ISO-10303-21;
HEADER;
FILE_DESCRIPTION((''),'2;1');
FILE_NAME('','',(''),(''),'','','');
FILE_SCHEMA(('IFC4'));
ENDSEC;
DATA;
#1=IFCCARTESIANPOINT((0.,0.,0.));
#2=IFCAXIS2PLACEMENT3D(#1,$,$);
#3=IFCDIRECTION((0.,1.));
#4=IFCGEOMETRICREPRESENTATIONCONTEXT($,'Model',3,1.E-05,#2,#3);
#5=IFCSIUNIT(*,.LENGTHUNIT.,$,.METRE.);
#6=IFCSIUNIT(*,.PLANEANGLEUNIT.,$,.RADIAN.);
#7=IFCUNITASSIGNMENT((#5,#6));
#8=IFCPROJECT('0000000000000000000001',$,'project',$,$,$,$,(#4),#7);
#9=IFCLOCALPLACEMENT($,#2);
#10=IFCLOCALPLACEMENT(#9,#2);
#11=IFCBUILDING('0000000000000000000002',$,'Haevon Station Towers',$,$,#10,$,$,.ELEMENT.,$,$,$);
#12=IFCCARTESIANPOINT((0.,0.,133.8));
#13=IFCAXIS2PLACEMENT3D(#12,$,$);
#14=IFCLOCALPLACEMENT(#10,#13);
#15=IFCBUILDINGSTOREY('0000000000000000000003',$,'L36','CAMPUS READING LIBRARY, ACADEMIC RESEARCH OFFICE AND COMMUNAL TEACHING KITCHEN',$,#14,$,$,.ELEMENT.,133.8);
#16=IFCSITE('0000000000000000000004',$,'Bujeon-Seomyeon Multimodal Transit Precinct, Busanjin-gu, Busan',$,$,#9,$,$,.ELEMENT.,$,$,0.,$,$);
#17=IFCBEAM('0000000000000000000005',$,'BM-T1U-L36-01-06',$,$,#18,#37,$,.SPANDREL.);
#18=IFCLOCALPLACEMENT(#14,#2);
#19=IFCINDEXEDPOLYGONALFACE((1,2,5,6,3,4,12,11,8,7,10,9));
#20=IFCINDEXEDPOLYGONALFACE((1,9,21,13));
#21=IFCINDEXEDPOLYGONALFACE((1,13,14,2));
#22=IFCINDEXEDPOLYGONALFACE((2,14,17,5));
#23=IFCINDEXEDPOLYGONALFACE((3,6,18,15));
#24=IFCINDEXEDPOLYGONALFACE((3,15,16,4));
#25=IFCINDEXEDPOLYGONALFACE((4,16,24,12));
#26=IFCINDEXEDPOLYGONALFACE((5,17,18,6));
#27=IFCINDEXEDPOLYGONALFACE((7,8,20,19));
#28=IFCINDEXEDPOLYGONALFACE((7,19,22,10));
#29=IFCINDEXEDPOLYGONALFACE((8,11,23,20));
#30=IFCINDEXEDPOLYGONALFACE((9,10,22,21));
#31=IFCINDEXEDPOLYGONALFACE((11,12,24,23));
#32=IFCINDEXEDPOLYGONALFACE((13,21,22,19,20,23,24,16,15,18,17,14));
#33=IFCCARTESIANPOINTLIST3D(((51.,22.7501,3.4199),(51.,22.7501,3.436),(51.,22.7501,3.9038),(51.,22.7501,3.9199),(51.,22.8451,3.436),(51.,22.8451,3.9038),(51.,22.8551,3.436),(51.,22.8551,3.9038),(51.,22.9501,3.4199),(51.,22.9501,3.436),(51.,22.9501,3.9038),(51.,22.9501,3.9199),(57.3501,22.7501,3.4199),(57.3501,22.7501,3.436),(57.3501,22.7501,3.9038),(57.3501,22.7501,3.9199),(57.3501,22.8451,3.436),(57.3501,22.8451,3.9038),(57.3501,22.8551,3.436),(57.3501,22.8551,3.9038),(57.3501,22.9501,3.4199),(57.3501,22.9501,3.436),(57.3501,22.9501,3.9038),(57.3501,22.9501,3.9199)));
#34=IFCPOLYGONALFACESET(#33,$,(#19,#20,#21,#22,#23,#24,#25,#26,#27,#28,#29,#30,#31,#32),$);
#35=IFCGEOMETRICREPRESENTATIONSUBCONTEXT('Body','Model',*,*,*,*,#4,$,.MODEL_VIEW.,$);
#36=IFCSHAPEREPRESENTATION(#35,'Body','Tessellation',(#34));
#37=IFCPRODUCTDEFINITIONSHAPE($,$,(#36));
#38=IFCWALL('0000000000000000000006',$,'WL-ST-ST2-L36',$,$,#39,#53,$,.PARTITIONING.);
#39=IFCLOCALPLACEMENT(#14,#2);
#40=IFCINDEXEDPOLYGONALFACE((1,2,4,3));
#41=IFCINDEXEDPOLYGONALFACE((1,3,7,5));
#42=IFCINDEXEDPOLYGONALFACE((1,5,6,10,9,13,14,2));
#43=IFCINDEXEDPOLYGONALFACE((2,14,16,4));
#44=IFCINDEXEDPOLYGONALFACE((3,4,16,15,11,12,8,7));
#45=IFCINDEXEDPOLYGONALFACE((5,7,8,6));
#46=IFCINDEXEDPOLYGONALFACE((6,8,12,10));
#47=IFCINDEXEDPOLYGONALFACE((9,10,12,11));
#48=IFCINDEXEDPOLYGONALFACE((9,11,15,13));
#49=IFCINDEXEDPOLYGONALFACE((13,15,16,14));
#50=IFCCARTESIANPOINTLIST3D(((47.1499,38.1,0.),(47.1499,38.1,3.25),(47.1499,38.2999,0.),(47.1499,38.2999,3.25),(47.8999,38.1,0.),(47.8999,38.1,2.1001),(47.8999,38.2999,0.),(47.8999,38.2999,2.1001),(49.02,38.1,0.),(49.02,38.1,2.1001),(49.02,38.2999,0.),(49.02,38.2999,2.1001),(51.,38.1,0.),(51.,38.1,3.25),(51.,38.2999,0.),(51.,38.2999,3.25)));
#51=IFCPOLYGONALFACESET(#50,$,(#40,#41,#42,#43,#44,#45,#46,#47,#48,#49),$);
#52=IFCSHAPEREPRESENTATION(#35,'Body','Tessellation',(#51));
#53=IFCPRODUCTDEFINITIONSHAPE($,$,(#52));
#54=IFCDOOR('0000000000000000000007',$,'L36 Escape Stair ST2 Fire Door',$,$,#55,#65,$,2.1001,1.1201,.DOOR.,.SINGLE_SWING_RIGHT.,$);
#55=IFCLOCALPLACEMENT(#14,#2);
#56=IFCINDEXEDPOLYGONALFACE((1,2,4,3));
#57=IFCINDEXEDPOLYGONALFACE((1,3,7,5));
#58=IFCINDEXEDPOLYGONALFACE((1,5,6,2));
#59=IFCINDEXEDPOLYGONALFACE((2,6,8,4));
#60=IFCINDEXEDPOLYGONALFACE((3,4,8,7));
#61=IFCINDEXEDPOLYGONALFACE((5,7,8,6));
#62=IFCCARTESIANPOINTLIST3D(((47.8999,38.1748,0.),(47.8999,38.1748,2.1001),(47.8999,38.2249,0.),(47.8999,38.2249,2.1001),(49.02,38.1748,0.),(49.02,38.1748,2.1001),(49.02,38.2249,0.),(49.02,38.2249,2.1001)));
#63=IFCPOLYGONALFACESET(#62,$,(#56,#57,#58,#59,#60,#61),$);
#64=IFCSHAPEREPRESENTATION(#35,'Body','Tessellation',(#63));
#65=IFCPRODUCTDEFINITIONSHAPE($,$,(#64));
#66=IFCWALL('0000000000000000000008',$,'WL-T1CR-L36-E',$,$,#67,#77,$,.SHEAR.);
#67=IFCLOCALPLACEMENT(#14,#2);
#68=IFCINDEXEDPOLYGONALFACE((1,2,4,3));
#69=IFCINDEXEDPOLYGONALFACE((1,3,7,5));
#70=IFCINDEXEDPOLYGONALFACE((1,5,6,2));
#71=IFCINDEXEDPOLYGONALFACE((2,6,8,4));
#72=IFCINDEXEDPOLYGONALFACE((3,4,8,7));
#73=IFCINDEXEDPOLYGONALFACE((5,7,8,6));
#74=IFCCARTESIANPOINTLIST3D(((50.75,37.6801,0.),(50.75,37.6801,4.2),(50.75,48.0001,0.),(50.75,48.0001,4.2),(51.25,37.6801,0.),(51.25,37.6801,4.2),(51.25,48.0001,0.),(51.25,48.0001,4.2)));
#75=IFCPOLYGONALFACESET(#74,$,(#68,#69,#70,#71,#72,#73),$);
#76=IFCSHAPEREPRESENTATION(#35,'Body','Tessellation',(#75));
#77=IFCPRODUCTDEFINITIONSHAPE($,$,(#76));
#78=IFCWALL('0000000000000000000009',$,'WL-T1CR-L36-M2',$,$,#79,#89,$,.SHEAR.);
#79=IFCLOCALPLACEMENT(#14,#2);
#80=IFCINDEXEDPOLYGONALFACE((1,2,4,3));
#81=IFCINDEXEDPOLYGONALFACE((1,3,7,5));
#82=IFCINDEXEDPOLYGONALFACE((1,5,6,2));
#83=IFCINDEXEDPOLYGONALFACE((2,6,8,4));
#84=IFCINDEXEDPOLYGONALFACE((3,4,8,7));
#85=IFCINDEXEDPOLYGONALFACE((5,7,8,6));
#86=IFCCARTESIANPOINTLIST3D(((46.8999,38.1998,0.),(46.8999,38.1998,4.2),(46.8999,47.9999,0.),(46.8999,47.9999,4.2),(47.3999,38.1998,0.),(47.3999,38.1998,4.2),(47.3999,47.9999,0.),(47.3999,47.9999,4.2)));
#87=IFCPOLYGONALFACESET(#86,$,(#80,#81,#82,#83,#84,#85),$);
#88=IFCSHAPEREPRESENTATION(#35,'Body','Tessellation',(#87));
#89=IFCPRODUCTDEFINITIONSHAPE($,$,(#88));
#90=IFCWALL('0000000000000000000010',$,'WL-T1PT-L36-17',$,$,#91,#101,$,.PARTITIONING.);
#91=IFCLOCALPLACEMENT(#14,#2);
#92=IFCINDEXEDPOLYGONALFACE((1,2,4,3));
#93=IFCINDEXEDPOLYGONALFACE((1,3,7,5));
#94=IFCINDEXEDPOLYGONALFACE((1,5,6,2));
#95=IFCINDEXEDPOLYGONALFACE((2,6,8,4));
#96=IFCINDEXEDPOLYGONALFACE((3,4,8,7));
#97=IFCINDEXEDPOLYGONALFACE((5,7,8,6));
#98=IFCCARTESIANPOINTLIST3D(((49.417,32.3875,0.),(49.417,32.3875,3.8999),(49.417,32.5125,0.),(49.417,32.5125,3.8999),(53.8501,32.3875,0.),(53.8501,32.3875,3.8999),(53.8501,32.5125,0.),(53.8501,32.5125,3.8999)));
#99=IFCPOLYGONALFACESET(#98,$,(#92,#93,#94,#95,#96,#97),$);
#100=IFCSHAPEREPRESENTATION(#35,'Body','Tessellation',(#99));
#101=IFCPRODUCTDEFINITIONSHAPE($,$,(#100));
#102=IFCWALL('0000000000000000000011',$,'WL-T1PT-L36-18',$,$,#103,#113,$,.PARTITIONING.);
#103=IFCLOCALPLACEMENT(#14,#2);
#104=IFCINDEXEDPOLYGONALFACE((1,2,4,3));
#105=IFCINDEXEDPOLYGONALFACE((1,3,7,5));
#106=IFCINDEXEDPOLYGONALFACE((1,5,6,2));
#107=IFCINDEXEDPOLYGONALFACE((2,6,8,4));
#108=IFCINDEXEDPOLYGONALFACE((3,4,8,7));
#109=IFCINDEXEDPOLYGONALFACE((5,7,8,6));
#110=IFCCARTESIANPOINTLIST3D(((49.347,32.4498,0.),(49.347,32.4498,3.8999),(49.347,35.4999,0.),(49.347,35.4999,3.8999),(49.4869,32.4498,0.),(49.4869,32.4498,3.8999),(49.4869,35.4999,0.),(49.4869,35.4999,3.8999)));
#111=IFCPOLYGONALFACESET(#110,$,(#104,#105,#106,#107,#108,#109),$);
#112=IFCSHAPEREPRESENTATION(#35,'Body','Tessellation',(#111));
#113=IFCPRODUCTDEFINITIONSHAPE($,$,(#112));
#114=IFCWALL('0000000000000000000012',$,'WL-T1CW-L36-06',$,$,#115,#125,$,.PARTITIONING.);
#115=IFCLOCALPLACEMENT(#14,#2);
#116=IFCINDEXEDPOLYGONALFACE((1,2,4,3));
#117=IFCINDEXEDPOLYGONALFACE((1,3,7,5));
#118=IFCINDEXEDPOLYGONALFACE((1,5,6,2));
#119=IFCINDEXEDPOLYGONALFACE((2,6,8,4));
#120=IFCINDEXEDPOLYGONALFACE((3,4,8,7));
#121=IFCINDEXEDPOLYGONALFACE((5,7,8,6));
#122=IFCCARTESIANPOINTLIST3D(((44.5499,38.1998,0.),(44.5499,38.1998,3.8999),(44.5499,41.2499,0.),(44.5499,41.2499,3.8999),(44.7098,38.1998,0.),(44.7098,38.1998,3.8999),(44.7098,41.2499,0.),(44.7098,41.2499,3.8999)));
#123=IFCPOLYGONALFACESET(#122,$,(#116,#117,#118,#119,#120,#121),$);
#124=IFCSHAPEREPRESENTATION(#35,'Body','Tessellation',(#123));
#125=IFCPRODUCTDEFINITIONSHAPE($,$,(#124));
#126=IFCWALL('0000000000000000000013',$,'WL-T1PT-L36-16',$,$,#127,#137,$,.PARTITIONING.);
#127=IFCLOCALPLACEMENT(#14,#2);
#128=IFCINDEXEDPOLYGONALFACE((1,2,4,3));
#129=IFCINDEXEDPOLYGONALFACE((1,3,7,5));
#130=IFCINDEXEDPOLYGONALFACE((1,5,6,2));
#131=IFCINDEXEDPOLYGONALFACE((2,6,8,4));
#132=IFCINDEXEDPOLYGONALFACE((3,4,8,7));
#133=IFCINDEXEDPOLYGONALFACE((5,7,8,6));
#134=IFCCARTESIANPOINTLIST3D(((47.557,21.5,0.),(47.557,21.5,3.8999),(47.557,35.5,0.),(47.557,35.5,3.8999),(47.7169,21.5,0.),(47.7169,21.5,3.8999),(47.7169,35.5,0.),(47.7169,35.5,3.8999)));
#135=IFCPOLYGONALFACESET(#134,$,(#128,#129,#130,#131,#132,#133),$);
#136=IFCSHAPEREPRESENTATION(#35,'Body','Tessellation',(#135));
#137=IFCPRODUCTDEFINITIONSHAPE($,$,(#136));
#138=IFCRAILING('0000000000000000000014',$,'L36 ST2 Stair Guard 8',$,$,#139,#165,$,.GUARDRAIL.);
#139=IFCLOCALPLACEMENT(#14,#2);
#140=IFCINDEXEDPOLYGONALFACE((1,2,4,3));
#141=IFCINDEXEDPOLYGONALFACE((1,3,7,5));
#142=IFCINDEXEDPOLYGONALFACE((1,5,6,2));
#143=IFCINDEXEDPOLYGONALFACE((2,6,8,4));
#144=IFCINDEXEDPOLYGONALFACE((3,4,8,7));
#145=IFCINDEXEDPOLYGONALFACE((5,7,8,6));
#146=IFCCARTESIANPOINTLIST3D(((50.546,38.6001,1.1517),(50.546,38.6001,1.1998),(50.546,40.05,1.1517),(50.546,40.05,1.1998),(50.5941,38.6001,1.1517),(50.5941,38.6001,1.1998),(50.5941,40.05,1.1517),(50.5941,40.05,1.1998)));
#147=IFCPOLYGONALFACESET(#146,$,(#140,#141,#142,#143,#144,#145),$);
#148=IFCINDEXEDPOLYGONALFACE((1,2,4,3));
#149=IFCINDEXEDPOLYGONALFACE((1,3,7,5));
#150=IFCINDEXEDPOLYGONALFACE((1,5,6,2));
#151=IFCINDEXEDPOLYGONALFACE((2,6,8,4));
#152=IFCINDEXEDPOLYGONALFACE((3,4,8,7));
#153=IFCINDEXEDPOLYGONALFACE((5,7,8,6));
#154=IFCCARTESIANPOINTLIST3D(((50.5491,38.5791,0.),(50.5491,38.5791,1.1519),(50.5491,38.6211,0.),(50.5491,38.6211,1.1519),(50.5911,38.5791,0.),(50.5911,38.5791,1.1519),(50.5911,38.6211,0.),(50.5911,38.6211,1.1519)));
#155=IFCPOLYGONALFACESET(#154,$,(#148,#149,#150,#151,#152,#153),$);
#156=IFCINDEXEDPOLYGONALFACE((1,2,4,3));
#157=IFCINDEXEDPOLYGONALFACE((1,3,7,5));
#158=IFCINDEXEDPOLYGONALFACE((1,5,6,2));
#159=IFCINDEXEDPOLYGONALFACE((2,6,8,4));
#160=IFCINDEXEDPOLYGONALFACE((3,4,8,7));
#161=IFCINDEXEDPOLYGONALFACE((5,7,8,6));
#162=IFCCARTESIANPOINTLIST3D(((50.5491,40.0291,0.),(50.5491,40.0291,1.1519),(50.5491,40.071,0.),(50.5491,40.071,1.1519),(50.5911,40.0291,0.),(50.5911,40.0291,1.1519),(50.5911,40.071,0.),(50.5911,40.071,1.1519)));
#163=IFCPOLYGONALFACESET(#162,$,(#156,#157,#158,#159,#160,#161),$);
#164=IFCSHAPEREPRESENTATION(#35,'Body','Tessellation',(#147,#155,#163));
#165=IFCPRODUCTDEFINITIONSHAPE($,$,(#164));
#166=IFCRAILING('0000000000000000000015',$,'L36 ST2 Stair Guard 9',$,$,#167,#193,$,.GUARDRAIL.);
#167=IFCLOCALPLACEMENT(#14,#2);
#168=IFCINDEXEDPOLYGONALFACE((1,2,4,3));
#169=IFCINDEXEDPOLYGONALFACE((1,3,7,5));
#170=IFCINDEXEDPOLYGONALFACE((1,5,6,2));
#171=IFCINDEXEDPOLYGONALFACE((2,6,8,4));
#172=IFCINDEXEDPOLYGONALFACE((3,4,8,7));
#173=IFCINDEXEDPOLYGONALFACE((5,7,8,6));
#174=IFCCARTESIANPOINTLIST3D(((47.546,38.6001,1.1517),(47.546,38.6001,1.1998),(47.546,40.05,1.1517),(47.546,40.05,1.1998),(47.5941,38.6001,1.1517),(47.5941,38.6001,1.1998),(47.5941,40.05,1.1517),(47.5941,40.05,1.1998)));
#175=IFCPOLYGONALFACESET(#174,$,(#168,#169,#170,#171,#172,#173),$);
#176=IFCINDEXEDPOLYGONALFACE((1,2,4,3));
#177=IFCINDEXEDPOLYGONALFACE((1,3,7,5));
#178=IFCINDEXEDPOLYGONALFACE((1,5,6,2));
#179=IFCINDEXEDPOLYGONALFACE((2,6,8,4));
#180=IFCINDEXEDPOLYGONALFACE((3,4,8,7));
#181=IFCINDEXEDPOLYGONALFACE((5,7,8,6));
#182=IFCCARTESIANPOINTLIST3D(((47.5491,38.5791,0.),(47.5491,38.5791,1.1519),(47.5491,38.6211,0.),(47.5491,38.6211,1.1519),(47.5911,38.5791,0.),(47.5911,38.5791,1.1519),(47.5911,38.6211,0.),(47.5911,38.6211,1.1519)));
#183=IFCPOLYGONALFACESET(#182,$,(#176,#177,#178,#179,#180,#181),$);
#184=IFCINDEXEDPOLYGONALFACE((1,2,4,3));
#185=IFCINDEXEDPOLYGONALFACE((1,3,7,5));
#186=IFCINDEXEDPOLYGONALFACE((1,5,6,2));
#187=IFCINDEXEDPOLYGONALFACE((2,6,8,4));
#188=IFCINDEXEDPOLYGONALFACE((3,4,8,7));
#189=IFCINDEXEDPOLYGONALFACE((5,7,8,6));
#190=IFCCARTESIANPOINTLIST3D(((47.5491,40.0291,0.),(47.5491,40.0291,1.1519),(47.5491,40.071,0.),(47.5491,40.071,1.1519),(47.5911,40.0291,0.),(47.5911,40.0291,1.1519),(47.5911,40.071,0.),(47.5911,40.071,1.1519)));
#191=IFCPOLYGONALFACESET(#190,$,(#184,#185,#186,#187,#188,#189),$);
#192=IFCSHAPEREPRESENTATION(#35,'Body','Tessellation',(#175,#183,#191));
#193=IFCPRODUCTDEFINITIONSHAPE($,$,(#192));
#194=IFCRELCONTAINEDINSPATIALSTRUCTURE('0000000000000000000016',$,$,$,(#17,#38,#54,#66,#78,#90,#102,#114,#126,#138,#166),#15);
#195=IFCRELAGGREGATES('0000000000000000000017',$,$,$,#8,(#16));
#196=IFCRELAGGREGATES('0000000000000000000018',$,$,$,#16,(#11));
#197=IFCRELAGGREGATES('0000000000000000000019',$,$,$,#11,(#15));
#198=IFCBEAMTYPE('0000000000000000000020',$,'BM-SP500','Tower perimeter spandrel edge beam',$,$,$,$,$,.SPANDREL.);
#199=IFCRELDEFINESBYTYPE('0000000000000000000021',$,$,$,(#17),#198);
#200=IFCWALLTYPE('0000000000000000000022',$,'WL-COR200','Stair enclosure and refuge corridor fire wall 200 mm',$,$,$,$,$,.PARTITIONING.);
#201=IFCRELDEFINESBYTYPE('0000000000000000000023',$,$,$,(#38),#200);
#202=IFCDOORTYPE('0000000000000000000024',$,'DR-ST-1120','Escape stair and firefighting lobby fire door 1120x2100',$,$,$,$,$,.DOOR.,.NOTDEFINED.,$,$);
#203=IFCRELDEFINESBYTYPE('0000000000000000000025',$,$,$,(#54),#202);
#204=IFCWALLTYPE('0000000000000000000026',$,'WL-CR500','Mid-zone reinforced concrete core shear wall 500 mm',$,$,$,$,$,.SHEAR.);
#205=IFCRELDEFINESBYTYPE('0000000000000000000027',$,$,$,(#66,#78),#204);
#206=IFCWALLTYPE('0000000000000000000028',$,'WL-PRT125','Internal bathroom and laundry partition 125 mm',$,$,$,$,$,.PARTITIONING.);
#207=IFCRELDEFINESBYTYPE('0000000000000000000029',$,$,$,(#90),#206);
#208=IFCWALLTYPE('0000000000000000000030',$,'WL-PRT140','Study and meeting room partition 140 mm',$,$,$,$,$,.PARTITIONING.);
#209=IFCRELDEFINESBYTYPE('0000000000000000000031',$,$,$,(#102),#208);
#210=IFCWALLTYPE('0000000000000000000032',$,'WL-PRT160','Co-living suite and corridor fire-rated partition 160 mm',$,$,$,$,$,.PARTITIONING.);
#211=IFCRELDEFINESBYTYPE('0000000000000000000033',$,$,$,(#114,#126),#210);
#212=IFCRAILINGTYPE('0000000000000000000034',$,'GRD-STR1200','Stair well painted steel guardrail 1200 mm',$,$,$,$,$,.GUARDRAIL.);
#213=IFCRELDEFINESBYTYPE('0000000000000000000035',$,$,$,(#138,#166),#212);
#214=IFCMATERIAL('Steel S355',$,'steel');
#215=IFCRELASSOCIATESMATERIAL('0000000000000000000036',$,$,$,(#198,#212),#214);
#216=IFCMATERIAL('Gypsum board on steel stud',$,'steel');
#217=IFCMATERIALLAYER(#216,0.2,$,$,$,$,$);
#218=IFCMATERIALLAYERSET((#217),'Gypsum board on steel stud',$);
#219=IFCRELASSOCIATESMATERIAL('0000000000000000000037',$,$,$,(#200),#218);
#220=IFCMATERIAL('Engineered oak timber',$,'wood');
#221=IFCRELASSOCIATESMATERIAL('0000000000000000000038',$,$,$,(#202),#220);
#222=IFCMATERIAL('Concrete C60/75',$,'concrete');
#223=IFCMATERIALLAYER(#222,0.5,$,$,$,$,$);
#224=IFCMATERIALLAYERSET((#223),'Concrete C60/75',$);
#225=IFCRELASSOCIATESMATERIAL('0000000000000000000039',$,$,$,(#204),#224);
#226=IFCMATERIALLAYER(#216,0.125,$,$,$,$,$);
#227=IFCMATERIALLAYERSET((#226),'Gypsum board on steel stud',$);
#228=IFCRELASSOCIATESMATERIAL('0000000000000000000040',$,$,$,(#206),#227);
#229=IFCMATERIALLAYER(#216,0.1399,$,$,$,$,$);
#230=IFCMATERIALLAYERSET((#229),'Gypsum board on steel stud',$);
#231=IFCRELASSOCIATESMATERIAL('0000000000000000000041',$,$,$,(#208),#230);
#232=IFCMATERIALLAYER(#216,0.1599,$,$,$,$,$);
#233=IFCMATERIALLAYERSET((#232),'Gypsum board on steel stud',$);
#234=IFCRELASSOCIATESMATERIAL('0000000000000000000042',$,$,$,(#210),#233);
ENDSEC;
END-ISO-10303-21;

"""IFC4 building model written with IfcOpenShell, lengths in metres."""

from ifc_helpers import new_model, si_unit, direction, frame, frame_2d, origin, origin_2d, place, context, subcontext, project, spatial, rectangle, i_section, extrude, material, layer, layer_set, material_profile, profile_set, type_object, element, fill, save


model = new_model("IFC4")

# Units and contexts
model_context = context("Model", 3, precision=1e-05, world=origin(), true_north=direction((0.0, 1.0)))
body_context = subcontext(model_context, "Body", "Model", "MODEL_VIEW")
ifc_project = project(units=[si_unit("LENGTHUNIT", "METRE"), si_unit("PLANEANGLEUNIT", "RADIAN")], contexts=[model_context])

# Site, building, storey
site_placement = place(None, origin())
site = spatial("IfcSite", under=ifc_project, at=site_placement, Name="Bujeon-Seomyeon Multimodal Transit Precinct, Busanjin-gu, Busan", CompositionType="ELEMENT", RefElevation=0.0)
building_placement = place(site_placement, origin())
building = spatial("IfcBuilding", under=site, at=building_placement, Name="Haevon Station Towers", CompositionType="ELEMENT")
storey_placement = place(building_placement, frame((0.0, 0.0, 133.8)))
storey = spatial("IfcBuildingStorey", under=building, at=storey_placement, Name="L36", Description="CAMPUS READING LIBRARY, ACADEMIC RESEARCH OFFICE AND COMMUNAL TEACHING KITCHEN", CompositionType="ELEMENT", Elevation=133.8)

# Beam
ifc_material_1 = material(Name="Steel S355", Category="steel")
ifc_material_profile_1 = material_profile(ifc_material_1, i_section(OverallWidth=0.2, OverallDepth=0.5, WebThickness=0.01, FlangeThickness=0.0161, at=origin_2d()), Name="H-500x200x10x16")
ifc_profile_set_1 = profile_set([ifc_material_profile_1], Name="Steel S355")
beam_type_1 = type_object("IfcBeamType", Name="BM-SP500", Description="Tower perimeter spandrel edge beam", PredefinedType="SPANDREL", material=ifc_profile_set_1)
beam_1_placement = place(storey_placement, frame((51.0, 22.8501, 3.6699), z_axis=(1.0, 0.0, 0.0), x_axis=(0.0, 1.0, 0.0)))
element("IfcBeam", 1, at=beam_1_placement, inside=storey, type_object=beam_type_1, Name="BM-T1U-L36-01-06", PredefinedType="SPANDREL", context=body_context, shape_type="SweptSolid", body=[
    extrude(i_section(OverallWidth=0.2, OverallDepth=0.5, WebThickness=0.01, FlangeThickness=0.0161, at=origin_2d()), origin(), (0.0, 0.0, 1.0), 6.3501),
])

# Wall, opening, door
ifc_material_2 = material(Name="Gypsum board on steel stud", Category="steel")
ifc_layer_1 = layer(ifc_material_2, 0.2)
ifc_layer_set_1 = layer_set([ifc_layer_1], Name="Gypsum board on steel stud")
wall_type_1 = type_object("IfcWallType", Name="WL-COR200", Description="Stair enclosure and refuge corridor fire wall 200 mm", PredefinedType="PARTITIONING", material=ifc_layer_set_1)
wall_1_placement = place(storey_placement, frame((47.1499, 38.2, 0.0), z_axis=(0.0, 0.0, 1.0), x_axis=(1.0, 0.0, 0.0)))
wall_1 = element("IfcWall", 2, at=wall_1_placement, inside=storey, type_object=wall_type_1, Name="WL-ST-ST2-L36", PredefinedType="PARTITIONING", context=body_context, shape_type="SweptSolid", body=[
    extrude(rectangle(XDim=3.8501, YDim=0.2, at=frame_2d((1.925, 0.0))), origin(), (0.0, 0.0, 1.0), 3.25),
])
opening_placement = place(wall_1_placement, frame((0.75, 0.0, 0.0)))
opening = element("IfcOpeningElement", 3, at=opening_placement, cuts=wall_1, PredefinedType="OPENING", context=body_context, shape_type="SweptSolid", body=[
    extrude(rectangle(XDim=1.1201, YDim=2.1001, at=frame_2d((0.5601, 1.05))), frame((0.0, 0.1099, 0.0), z_axis=(0.0, -1.0, 0.0), x_axis=(1.0, 0.0, 0.0)), (0.0, 0.0, 1.0), 0.22),
])
ifc_material_3 = material(Name="Engineered oak timber", Category="wood")
door_type = type_object("IfcDoorType", Name="DR-ST-1120", Description="Escape stair and firefighting lobby fire door 1120x2100", OperationType="NOTDEFINED", PredefinedType="DOOR", material=ifc_material_3)
door_placement = place(opening_placement, origin())
door = element("IfcDoor", 4, at=door_placement, inside=storey, type_object=door_type, Name="L36 Escape Stair ST2 Fire Door", OperationType="SINGLE_SWING_RIGHT", OverallHeight=2.1001, OverallWidth=1.1201, PredefinedType="DOOR", context=body_context, shape_type="SweptSolid", body=[
    extrude(rectangle(XDim=1.1201, YDim=2.1001, at=frame_2d((0.5601, 1.05))), frame((0.0, 0.0249, 0.0), z_axis=(0.0, -1.0, 0.0), x_axis=(1.0, 0.0, 0.0)), (0.0, 0.0, 1.0), 0.05),
])
fill(opening, door)

# Walls
ifc_material_4 = material(Name="Concrete C60/75", Category="concrete")
ifc_layer_2 = layer(ifc_material_4, 0.5)
ifc_layer_set_2 = layer_set([ifc_layer_2], Name="Concrete C60/75")
wall_type_2 = type_object("IfcWallType", Name="WL-CR500", Description="Mid-zone reinforced concrete core shear wall 500 mm", PredefinedType="SHEAR", material=ifc_layer_set_2)
wall_2_placement = place(storey_placement, frame((51.0, 37.6799, 0.0), z_axis=(0.0, 0.0, 1.0), x_axis=(0.0, 1.0, 0.0)))
element("IfcWall", 5, at=wall_2_placement, inside=storey, type_object=wall_type_2, Name="WL-T1CR-L36-E", PredefinedType="SHEAR", context=body_context, shape_type="SweptSolid", body=[
    extrude(rectangle(XDim=10.3201, YDim=0.5, at=frame_2d((5.1602, 0.0))), origin(), (0.0, 0.0, 1.0), 4.2),
])
wall_3_placement = place(storey_placement, frame((47.1499, 38.2, 0.0), z_axis=(0.0, 0.0, 1.0), x_axis=(0.0, 1.0, 0.0)))
element("IfcWall", 6, at=wall_3_placement, inside=storey, type_object=wall_type_2, Name="WL-T1CR-L36-M2", PredefinedType="SHEAR", context=body_context, shape_type="SweptSolid", body=[
    extrude(rectangle(XDim=9.8, YDim=0.5, at=frame_2d((4.8999, 0.0))), origin(), (0.0, 0.0, 1.0), 4.2),
])
ifc_layer_3 = layer(ifc_material_2, 0.125)
ifc_layer_set_3 = layer_set([ifc_layer_3], Name="Gypsum board on steel stud")
wall_type_3 = type_object("IfcWallType", Name="WL-PRT125", Description="Internal bathroom and laundry partition 125 mm", PredefinedType="PARTITIONING", material=ifc_layer_set_3)
wall_4_placement = place(storey_placement, frame((49.417, 32.45, 0.0), z_axis=(0.0, 0.0, 1.0), x_axis=(1.0, 0.0, 0.0)))
element("IfcWall", 7, at=wall_4_placement, inside=storey, type_object=wall_type_3, Name="WL-T1PT-L36-17", PredefinedType="PARTITIONING", context=body_context, shape_type="SweptSolid", body=[
    extrude(rectangle(XDim=4.4331, YDim=0.125, at=frame_2d((2.2166, 0.0))), origin(), (0.0, 0.0, 1.0), 3.8999),
])
ifc_layer_4 = layer(ifc_material_2, 0.1399)
ifc_layer_set_4 = layer_set([ifc_layer_4], Name="Gypsum board on steel stud")
wall_type_4 = type_object("IfcWallType", Name="WL-PRT140", Description="Study and meeting room partition 140 mm", PredefinedType="PARTITIONING", material=ifc_layer_set_4)
wall_5_placement = place(storey_placement, frame((49.417, 32.45, 0.0), z_axis=(0.0, 0.0, 1.0), x_axis=(0.0, 1.0, 0.0)))
element("IfcWall", 8, at=wall_5_placement, inside=storey, type_object=wall_type_4, Name="WL-T1PT-L36-18", PredefinedType="PARTITIONING", context=body_context, shape_type="SweptSolid", body=[
    extrude(rectangle(XDim=3.05, YDim=0.1399, at=frame_2d((1.5249, 0.0))), origin(), (0.0, 0.0, 1.0), 3.8999),
])
ifc_layer_5 = layer(ifc_material_2, 0.1599)
ifc_layer_set_5 = layer_set([ifc_layer_5], Name="Gypsum board on steel stud")
wall_type_5 = type_object("IfcWallType", Name="WL-PRT160", Description="Co-living suite and corridor fire-rated partition 160 mm", PredefinedType="PARTITIONING", material=ifc_layer_set_5)
wall_6_placement = place(storey_placement, frame((44.6299, 38.2, 0.0), z_axis=(0.0, 0.0, 1.0), x_axis=(0.0, 1.0, 0.0)))
element("IfcWall", 9, at=wall_6_placement, inside=storey, type_object=wall_type_5, Name="WL-T1CW-L36-06", PredefinedType="PARTITIONING", context=body_context, shape_type="SweptSolid", body=[
    extrude(rectangle(XDim=3.05, YDim=0.1599, at=frame_2d((1.5249, 0.0))), origin(), (0.0, 0.0, 1.0), 3.8999),
])
wall_7_placement = place(storey_placement, frame((47.637, 21.5, 0.0), z_axis=(0.0, 0.0, 1.0), x_axis=(0.0, 1.0, 0.0)))
element("IfcWall", 10, at=wall_7_placement, inside=storey, type_object=wall_type_5, Name="WL-T1PT-L36-16", PredefinedType="PARTITIONING", context=body_context, shape_type="SweptSolid", body=[
    extrude(rectangle(XDim=14.0, YDim=0.1599, at=frame_2d((7.0, 0.0))), origin(), (0.0, 0.0, 1.0), 3.8999),
])

# Railings
railing_type = type_object("IfcRailingType", Name="GRD-STR1200", Description="Stair well painted steel guardrail 1200 mm", PredefinedType="GUARDRAIL", material=ifc_material_1)
for number, where, name in (
    (11, (50.5701, 38.6001, 0.0), "L36 ST2 Stair Guard 8"),
    (12, (47.5701, 38.6001, 0.0), "L36 ST2 Stair Guard 9"),
):
    element("IfcRailing", number, at=place(storey_placement, frame(where)), inside=storey, type_object=railing_type, Name=name, PredefinedType="GUARDRAIL", context=body_context, shape_type="SweptSolid", body=[
        extrude(rectangle(XDim=0.0481, YDim=0.0481, at=origin_2d()), frame((0.0, 0.0, 1.1758), z_axis=(0.0, 1.0, 0.0), x_axis=(-1.0, 0.0, 0.0)), (0.0, 0.0, 1.0), 1.45),
        extrude(rectangle(XDim=0.042, YDim=0.042, at=origin_2d()), origin(), (0.0, 0.0, 1.0), 1.1519),
        extrude(rectangle(XDim=0.042, YDim=0.042, at=origin_2d()), frame((0.0, 1.45, 0.0)), (0.0, 0.0, 1.0), 1.1519),
    ])

save(model, "model.ifc")
